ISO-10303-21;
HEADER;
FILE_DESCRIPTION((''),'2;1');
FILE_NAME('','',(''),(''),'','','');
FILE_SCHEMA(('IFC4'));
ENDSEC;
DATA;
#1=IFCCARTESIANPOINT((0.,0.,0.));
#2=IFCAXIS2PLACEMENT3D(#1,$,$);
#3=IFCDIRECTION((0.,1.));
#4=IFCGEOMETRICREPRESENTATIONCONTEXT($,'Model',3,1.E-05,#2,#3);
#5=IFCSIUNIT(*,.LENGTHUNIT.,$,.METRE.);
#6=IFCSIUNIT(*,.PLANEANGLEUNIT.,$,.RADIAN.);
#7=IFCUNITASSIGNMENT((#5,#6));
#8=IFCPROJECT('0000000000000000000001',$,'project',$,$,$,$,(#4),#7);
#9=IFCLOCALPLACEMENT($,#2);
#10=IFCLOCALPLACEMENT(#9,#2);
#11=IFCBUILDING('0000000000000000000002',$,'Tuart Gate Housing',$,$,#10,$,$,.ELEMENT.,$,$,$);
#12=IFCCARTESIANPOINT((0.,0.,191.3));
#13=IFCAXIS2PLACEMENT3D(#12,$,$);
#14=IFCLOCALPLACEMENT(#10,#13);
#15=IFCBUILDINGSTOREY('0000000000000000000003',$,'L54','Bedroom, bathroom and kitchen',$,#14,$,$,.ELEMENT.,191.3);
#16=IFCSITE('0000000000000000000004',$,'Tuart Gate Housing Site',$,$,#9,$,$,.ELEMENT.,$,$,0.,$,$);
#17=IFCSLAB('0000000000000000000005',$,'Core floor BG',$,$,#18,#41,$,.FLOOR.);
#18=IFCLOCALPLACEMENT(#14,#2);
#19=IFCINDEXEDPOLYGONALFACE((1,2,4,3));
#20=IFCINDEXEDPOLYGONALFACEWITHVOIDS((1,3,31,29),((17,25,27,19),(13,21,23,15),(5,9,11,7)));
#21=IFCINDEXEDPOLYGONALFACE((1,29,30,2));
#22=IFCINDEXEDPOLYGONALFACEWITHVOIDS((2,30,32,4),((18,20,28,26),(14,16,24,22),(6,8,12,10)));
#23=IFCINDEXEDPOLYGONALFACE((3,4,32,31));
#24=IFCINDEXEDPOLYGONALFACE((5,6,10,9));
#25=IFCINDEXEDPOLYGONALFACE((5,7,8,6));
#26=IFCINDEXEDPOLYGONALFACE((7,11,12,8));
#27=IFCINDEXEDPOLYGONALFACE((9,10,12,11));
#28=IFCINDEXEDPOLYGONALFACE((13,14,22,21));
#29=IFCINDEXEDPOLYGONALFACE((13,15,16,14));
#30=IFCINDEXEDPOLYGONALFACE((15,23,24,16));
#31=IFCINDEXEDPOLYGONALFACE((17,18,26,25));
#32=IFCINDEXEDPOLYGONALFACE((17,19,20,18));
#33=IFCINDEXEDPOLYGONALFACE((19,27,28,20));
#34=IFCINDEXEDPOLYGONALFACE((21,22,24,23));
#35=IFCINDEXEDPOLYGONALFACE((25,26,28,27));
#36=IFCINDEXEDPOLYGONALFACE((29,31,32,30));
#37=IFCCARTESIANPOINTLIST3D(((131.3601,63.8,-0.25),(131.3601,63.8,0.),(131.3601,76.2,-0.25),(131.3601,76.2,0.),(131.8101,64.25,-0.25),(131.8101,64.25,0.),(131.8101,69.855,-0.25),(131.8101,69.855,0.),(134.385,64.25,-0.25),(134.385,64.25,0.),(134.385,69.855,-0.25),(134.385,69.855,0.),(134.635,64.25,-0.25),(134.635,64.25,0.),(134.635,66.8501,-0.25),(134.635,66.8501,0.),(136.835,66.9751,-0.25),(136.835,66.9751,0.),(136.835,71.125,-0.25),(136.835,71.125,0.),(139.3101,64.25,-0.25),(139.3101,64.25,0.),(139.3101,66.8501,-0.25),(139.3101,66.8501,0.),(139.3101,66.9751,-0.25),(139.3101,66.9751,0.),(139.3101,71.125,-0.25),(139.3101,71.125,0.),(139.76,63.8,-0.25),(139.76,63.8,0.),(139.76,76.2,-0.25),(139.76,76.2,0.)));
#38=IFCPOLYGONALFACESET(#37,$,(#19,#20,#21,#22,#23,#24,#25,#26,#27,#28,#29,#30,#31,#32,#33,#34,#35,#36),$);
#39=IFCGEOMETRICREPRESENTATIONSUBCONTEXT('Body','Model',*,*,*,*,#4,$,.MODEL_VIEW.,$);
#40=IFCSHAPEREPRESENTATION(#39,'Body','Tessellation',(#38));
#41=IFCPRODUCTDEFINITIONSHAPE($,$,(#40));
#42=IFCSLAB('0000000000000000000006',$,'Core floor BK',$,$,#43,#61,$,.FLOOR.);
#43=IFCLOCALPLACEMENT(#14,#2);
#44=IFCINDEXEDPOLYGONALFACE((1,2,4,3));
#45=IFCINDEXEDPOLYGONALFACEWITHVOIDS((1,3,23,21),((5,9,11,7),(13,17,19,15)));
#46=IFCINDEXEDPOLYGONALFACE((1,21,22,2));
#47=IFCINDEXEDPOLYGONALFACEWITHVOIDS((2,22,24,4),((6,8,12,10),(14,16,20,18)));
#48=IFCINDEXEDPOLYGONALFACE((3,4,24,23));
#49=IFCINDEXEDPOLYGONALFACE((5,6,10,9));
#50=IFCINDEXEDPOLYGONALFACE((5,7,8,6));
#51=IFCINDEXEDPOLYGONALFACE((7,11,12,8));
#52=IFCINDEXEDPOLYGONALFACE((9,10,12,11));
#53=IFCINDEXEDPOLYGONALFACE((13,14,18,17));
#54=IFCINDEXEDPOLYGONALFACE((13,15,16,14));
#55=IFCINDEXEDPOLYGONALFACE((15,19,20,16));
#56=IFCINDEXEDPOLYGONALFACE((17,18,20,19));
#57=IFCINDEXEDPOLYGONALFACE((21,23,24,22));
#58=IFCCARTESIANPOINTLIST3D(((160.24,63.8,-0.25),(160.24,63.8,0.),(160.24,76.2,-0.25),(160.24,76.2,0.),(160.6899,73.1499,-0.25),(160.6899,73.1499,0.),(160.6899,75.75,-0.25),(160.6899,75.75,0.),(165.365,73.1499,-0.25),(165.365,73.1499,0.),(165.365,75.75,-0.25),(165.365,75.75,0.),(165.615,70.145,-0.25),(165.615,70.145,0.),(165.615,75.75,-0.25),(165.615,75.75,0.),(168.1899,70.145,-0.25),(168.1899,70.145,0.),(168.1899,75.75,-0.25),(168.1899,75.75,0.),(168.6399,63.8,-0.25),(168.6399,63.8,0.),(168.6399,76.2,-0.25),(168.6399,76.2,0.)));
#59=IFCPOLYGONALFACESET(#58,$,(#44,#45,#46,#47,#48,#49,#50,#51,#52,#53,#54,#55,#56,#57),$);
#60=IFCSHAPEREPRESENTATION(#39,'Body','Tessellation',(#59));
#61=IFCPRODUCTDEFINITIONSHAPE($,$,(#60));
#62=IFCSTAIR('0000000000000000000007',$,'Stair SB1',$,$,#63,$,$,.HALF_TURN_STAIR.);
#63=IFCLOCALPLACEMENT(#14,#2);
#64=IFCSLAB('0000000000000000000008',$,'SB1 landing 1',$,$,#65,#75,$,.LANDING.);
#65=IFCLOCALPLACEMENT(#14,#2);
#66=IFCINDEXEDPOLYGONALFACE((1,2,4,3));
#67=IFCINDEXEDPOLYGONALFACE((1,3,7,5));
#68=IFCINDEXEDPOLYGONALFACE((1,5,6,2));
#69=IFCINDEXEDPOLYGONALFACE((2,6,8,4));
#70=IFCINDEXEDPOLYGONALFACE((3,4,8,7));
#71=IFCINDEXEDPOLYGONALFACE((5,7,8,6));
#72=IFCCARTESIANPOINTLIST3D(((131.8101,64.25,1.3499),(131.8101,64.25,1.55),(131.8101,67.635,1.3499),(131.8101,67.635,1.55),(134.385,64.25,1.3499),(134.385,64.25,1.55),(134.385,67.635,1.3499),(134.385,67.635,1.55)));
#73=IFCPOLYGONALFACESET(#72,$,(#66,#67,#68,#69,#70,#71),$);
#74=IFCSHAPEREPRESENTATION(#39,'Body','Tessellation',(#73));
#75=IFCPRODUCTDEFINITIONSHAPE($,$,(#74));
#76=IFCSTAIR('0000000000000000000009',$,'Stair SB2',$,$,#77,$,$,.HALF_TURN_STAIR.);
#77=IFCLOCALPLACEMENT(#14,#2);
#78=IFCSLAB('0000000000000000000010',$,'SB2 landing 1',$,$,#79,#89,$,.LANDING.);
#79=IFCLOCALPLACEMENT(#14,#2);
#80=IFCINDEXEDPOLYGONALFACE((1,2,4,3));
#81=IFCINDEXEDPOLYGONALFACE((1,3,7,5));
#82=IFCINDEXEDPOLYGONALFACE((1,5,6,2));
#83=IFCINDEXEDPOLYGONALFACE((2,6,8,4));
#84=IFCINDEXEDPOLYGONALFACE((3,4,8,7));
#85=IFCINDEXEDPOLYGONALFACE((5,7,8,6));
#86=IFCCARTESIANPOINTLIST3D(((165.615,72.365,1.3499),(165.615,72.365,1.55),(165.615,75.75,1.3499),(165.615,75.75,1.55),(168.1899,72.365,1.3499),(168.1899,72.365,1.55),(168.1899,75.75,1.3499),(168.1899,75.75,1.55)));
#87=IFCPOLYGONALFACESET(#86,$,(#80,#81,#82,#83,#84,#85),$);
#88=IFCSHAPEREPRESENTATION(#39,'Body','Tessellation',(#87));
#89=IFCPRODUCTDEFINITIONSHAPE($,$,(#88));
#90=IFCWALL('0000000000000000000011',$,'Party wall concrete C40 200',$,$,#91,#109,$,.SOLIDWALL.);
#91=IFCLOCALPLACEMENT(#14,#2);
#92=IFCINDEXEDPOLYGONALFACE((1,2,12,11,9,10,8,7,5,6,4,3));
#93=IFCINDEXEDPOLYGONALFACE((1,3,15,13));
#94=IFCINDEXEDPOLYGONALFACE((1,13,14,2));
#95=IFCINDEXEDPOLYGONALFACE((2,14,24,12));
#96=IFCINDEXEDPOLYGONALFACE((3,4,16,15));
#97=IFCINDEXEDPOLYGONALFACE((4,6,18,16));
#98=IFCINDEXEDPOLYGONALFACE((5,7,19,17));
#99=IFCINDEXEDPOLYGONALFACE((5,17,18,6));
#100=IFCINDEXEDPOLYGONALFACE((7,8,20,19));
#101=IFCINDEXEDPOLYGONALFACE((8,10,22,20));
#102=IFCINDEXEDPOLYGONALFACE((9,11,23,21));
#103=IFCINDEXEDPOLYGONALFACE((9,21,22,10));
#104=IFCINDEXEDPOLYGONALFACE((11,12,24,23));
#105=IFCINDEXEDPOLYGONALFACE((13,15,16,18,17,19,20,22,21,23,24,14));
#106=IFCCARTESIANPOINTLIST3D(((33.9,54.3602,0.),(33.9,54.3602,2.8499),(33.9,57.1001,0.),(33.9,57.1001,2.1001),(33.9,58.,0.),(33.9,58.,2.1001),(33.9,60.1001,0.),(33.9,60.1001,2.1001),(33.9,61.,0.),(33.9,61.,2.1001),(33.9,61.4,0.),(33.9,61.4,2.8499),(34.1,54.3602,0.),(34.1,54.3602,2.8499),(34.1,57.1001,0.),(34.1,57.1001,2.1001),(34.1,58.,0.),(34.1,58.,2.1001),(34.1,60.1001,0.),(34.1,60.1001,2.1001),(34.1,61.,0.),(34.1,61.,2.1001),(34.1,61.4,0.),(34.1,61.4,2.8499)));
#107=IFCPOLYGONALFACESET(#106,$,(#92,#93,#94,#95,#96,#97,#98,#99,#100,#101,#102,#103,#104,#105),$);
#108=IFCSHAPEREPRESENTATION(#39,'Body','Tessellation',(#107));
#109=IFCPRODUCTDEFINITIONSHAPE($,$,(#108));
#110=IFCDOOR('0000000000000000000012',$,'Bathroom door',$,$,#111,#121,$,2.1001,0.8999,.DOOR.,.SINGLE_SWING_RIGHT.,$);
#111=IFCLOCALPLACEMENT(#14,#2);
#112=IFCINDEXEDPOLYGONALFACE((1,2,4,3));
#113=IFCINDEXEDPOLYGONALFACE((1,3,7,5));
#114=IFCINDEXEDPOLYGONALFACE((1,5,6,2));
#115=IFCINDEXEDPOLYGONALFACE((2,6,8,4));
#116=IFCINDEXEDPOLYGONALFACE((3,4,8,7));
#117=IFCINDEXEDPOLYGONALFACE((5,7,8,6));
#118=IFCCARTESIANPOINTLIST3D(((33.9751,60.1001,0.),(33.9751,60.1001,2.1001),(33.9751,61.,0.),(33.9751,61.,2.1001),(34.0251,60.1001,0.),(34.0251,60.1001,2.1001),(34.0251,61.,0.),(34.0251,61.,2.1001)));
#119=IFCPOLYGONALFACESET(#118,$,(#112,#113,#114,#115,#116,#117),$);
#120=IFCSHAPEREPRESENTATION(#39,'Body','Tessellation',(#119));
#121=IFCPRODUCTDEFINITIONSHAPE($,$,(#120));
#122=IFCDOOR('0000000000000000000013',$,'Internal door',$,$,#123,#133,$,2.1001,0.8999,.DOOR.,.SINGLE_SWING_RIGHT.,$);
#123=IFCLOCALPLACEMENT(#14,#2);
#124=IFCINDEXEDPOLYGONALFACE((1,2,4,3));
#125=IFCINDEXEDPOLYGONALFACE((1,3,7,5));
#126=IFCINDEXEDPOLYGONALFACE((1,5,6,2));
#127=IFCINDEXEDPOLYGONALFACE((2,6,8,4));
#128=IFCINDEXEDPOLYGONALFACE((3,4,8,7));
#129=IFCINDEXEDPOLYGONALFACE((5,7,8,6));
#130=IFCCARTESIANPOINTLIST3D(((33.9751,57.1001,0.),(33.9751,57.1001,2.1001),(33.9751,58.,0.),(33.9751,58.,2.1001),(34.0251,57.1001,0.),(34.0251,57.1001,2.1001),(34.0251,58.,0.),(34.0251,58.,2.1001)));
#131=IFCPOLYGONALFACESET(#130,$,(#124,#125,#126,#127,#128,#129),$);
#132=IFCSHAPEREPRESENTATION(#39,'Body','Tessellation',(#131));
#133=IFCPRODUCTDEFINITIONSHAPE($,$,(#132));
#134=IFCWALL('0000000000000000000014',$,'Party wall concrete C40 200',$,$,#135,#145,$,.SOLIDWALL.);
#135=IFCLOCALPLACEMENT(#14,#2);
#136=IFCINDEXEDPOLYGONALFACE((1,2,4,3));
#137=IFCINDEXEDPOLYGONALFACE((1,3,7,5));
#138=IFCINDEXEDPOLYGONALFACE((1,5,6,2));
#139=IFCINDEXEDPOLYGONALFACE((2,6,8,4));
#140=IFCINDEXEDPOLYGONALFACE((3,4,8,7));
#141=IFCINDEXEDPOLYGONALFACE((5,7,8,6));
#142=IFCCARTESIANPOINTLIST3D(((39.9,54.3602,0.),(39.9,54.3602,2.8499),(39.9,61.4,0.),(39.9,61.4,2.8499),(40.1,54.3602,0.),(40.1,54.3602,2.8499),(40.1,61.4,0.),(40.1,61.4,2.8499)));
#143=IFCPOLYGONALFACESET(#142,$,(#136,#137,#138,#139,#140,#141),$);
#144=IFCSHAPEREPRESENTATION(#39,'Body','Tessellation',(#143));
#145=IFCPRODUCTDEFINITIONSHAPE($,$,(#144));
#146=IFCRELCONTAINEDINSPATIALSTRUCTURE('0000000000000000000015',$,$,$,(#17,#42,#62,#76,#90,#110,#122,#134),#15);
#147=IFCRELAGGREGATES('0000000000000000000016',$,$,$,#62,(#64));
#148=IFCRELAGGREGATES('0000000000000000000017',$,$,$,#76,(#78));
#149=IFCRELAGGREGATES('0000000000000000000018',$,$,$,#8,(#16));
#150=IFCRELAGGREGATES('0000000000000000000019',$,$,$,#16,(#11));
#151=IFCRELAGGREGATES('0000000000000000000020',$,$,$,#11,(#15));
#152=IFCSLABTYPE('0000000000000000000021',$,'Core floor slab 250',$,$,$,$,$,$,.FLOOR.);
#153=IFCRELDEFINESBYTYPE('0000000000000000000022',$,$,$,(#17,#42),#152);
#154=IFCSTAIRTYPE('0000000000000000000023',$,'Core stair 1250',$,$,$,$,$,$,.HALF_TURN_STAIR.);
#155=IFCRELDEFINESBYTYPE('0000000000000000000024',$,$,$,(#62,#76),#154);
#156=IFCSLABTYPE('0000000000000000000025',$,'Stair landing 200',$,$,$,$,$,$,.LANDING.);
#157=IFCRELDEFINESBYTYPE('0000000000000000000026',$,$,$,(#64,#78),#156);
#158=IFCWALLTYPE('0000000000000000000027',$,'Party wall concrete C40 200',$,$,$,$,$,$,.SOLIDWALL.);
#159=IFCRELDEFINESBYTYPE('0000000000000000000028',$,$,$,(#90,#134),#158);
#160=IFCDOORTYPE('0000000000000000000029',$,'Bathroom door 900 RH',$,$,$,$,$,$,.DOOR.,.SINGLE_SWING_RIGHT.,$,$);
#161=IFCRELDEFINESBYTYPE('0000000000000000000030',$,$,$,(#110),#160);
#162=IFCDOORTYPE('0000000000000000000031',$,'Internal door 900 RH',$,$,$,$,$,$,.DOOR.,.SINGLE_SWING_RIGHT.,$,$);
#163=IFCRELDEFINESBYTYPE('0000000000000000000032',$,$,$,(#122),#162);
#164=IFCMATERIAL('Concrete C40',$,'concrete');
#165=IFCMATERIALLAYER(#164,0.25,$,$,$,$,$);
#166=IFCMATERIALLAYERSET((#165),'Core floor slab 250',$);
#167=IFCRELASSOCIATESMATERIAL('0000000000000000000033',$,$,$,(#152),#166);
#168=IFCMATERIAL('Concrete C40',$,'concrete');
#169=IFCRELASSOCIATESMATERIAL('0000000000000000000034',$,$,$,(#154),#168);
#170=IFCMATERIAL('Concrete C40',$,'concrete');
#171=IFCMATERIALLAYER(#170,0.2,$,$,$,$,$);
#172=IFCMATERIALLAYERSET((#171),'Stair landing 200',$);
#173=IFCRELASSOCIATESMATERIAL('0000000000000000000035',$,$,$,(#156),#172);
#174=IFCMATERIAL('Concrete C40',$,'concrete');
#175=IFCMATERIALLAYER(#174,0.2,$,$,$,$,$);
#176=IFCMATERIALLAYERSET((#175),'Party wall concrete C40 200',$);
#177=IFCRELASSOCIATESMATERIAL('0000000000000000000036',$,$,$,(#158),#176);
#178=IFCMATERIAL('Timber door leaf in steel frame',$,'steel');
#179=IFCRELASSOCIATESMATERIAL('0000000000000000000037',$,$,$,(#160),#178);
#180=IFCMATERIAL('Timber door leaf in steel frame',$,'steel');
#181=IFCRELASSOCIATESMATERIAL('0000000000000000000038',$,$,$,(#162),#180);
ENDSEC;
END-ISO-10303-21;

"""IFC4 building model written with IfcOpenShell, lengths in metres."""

from ifc_helpers import new_model, si_unit, direction, frame, frame_2d, origin, place, context, subcontext, project, spatial, polyline, rectangle, outline, extrude, material, layer, layer_set, type_object, element, fill, aggregate, save


model = new_model("IFC4")

# Units and contexts
model_context = context("Model", 3, precision=1e-05, world=origin(), true_north=direction((0.0, 1.0)))
body_context = subcontext(model_context, "Body", "Model", "MODEL_VIEW")
ifc_project = project(units=[si_unit("LENGTHUNIT", "METRE"), si_unit("PLANEANGLEUNIT", "RADIAN")], contexts=[model_context])

# Site, building, storey
site_placement = place(None, origin())
site = spatial("IfcSite", under=ifc_project, at=site_placement, Name="Tuart Gate Housing Site", CompositionType="ELEMENT", RefElevation=0.0)
building_placement = place(site_placement, origin())
building = spatial("IfcBuilding", under=site, at=building_placement, Name="Tuart Gate Housing", CompositionType="ELEMENT")
storey_placement = place(building_placement, frame((0.0, 0.0, 191.3)))
storey = spatial("IfcBuildingStorey", under=building, at=storey_placement, Name="L54", Description="Bedroom, bathroom and kitchen", CompositionType="ELEMENT", Elevation=191.3)

# Slabs
ifc_material_1 = material(Name="Concrete C40", Category="concrete")
ifc_layer_1 = layer(ifc_material_1, 0.25)
ifc_layer_set_1 = layer_set([ifc_layer_1], Name="Core floor slab 250")
slab_type_1 = type_object("IfcSlabType", Name="Core floor slab 250", PredefinedType="FLOOR", material=ifc_layer_set_1)
slab_1_placement = place(storey_placement, frame((0.0, 0.0, -0.25)))
element("IfcSlab", 1, at=slab_1_placement, inside=storey, type_object=slab_type_1, Name="Core floor BG", PredefinedType="FLOOR", context=body_context, shape_type="SweptSolid", body=[
    extrude(outline(polyline([(131.3601, 63.8), (139.76, 63.8), (139.76, 76.2), (131.3601, 76.2), (131.3601, 63.8)]), holes=[polyline([(139.3101, 66.8501), (134.635, 66.8501), (134.635, 64.25), (139.3101, 64.25), (139.3101, 66.8501)]), polyline([(139.3101, 71.125), (136.835, 71.125), (136.835, 66.9751), (139.3101, 66.9751), (139.3101, 71.125)]), polyline([(134.385, 69.855), (131.8101, 69.855), (131.8101, 64.25), (134.385, 64.25), (134.385, 69.855)])]), origin(), (0.0, 0.0, 1.0), 0.25),
])
slab_2_placement = place(storey_placement, frame((0.0, 0.0, -0.25)))
element("IfcSlab", 2, at=slab_2_placement, inside=storey, type_object=slab_type_1, Name="Core floor BK", PredefinedType="FLOOR", context=body_context, shape_type="SweptSolid", body=[
    extrude(outline(polyline([(160.24, 63.8), (168.6399, 63.8), (168.6399, 76.2), (160.24, 76.2), (160.24, 63.8)]), holes=[polyline([(160.6899, 73.1499), (165.365, 73.1499), (165.365, 75.75), (160.6899, 75.75), (160.6899, 73.1499)]), polyline([(165.615, 70.145), (168.1899, 70.145), (168.1899, 75.75), (165.615, 75.75), (165.615, 70.145)])]), origin(), (0.0, 0.0, 1.0), 0.25),
])

# Stairs, slabs
ifc_material_2 = material(Name="Concrete C40", Category="concrete")
stair_type = type_object("IfcStairType", Name="Core stair 1250", PredefinedType="HALF_TURN_STAIR", material=ifc_material_2)
stair_1_placement = place(storey_placement, origin())
stair_1 = element("IfcStair", 3, at=stair_1_placement, inside=storey, type_object=stair_type, Name="Stair SB1", PredefinedType="HALF_TURN_STAIR")
ifc_material_3 = material(Name="Concrete C40", Category="concrete")
ifc_layer_2 = layer(ifc_material_3, 0.2)
ifc_layer_set_2 = layer_set([ifc_layer_2], Name="Stair landing 200")
slab_type_2 = type_object("IfcSlabType", Name="Stair landing 200", PredefinedType="LANDING", material=ifc_layer_set_2)
slab_3_placement = place(storey_placement, frame((0.0, 0.0, 1.3499)))
slab_3 = element("IfcSlab", 4, at=slab_3_placement, type_object=slab_type_2, Name="SB1 landing 1", PredefinedType="LANDING", context=body_context, shape_type="SweptSolid", body=[
    extrude(outline(polyline([(134.385, 67.635), (131.8101, 67.635), (131.8101, 64.25), (134.385, 64.25), (134.385, 67.635)])), origin(), (0.0, 0.0, 1.0), 0.2002),
])
aggregate(stair_1, [slab_3])
stair_2_placement = place(storey_placement, origin())
stair_2 = element("IfcStair", 5, at=stair_2_placement, inside=storey, type_object=stair_type, Name="Stair SB2", PredefinedType="HALF_TURN_STAIR")
slab_4_placement = place(storey_placement, frame((0.0, 0.0, 1.3499)))
slab_4 = element("IfcSlab", 6, at=slab_4_placement, type_object=slab_type_2, Name="SB2 landing 1", PredefinedType="LANDING", context=body_context, shape_type="SweptSolid", body=[
    extrude(outline(polyline([(165.615, 72.365), (168.1899, 72.365), (168.1899, 75.75), (165.615, 75.75), (165.615, 72.365)])), origin(), (0.0, 0.0, 1.0), 0.2002),
])
aggregate(stair_2, [slab_4])

# Wall, openings, doors
ifc_material_4 = material(Name="Concrete C40", Category="concrete")
ifc_layer_3 = layer(ifc_material_4, 0.2)
ifc_layer_set_3 = layer_set([ifc_layer_3], Name="Party wall concrete C40 200")
wall_type_1 = type_object("IfcWallType", Name="Party wall concrete C40 200", PredefinedType="SOLIDWALL", material=ifc_layer_set_3)
wall_1_placement = place(storey_placement, frame((34.0, 54.3601, 0.0), z_axis=(0.0, 0.0, 1.0), x_axis=(0.0, 1.0, 0.0)))
wall_1 = element("IfcWall", 7, at=wall_1_placement, inside=storey, type_object=wall_type_1, Name="Party wall concrete C40 200", PredefinedType="SOLIDWALL", context=body_context, shape_type="SweptSolid", body=[
    extrude(rectangle(XDim=7.0398, YDim=0.2, at=frame_2d((3.52, 0.0))), origin(), (0.0, 0.0, 1.0), 2.8499),
])
opening_1_placement = place(wall_1_placement, frame((2.74, 0.0, 0.0)))
opening_1 = element("IfcOpeningElement", 8, at=opening_1_placement, cuts=wall_1, PredefinedType="OPENING", context=body_context, shape_type="SweptSolid", body=[
    extrude(rectangle(XDim=0.8999, YDim=2.1001, at=frame_2d((0.45, 1.05))), frame((0.0, 0.1099, 0.0), z_axis=(0.0, -1.0, 0.0), x_axis=(1.0, 0.0, 0.0)), (0.0, 0.0, 1.0), 0.22),
])
opening_2_placement = place(wall_1_placement, frame((5.74, 0.0, 0.0)))
opening_2 = element("IfcOpeningElement", 9, at=opening_2_placement, cuts=wall_1, PredefinedType="OPENING", context=body_context, shape_type="SweptSolid", body=[
    extrude(rectangle(XDim=0.8999, YDim=2.1001, at=frame_2d((0.45, 1.05))), frame((0.0, 0.1099, 0.0), z_axis=(0.0, -1.0, 0.0), x_axis=(1.0, 0.0, 0.0)), (0.0, 0.0, 1.0), 0.22),
])
ifc_material_5 = material(Name="Timber door leaf in steel frame", Category="steel")
door_type_1 = type_object("IfcDoorType", Name="Bathroom door 900 RH", OperationType="SINGLE_SWING_RIGHT", PredefinedType="DOOR", material=ifc_material_5)
door_1_placement = place(opening_2_placement, origin())
door_1 = element("IfcDoor", 10, at=door_1_placement, inside=storey, type_object=door_type_1, Name="Bathroom door", OperationType="SINGLE_SWING_RIGHT", OverallHeight=2.1001, OverallWidth=0.8999, PredefinedType="DOOR", context=body_context, shape_type="SweptSolid", body=[
    extrude(rectangle(XDim=0.8999, YDim=2.1001, at=frame_2d((0.45, 1.05))), frame((0.0, 0.0249, 0.0), z_axis=(0.0, -1.0, 0.0), x_axis=(1.0, 0.0, 0.0)), (0.0, 0.0, 1.0), 0.05),
])
fill(opening_2, door_1)
ifc_material_6 = material(Name="Timber door leaf in steel frame", Category="steel")
door_type_2 = type_object("IfcDoorType", Name="Internal door 900 RH", OperationType="SINGLE_SWING_RIGHT", PredefinedType="DOOR", material=ifc_material_6)
door_2_placement = place(opening_1_placement, origin())
door_2 = element("IfcDoor", 11, at=door_2_placement, inside=storey, type_object=door_type_2, Name="Internal door", OperationType="SINGLE_SWING_RIGHT", OverallHeight=2.1001, OverallWidth=0.8999, PredefinedType="DOOR", context=body_context, shape_type="SweptSolid", body=[
    extrude(rectangle(XDim=0.8999, YDim=2.1001, at=frame_2d((0.45, 1.05))), frame((0.0, 0.0249, 0.0), z_axis=(0.0, -1.0, 0.0), x_axis=(1.0, 0.0, 0.0)), (0.0, 0.0, 1.0), 0.05),
])
fill(opening_1, door_2)

# Wall
wall_2_placement = place(storey_placement, frame((40.0, 54.3601, 0.0), z_axis=(0.0, 0.0, 1.0), x_axis=(0.0, 1.0, 0.0)))
element("IfcWall", 12, at=wall_2_placement, inside=storey, type_object=wall_type_1, Name="Party wall concrete C40 200", PredefinedType="SOLIDWALL", context=body_context, shape_type="SweptSolid", body=[
    extrude(rectangle(XDim=7.0398, YDim=0.2, at=frame_2d((3.52, 0.0))), origin(), (0.0, 0.0, 1.0), 2.8499),
])

save(model, "model.ifc")
